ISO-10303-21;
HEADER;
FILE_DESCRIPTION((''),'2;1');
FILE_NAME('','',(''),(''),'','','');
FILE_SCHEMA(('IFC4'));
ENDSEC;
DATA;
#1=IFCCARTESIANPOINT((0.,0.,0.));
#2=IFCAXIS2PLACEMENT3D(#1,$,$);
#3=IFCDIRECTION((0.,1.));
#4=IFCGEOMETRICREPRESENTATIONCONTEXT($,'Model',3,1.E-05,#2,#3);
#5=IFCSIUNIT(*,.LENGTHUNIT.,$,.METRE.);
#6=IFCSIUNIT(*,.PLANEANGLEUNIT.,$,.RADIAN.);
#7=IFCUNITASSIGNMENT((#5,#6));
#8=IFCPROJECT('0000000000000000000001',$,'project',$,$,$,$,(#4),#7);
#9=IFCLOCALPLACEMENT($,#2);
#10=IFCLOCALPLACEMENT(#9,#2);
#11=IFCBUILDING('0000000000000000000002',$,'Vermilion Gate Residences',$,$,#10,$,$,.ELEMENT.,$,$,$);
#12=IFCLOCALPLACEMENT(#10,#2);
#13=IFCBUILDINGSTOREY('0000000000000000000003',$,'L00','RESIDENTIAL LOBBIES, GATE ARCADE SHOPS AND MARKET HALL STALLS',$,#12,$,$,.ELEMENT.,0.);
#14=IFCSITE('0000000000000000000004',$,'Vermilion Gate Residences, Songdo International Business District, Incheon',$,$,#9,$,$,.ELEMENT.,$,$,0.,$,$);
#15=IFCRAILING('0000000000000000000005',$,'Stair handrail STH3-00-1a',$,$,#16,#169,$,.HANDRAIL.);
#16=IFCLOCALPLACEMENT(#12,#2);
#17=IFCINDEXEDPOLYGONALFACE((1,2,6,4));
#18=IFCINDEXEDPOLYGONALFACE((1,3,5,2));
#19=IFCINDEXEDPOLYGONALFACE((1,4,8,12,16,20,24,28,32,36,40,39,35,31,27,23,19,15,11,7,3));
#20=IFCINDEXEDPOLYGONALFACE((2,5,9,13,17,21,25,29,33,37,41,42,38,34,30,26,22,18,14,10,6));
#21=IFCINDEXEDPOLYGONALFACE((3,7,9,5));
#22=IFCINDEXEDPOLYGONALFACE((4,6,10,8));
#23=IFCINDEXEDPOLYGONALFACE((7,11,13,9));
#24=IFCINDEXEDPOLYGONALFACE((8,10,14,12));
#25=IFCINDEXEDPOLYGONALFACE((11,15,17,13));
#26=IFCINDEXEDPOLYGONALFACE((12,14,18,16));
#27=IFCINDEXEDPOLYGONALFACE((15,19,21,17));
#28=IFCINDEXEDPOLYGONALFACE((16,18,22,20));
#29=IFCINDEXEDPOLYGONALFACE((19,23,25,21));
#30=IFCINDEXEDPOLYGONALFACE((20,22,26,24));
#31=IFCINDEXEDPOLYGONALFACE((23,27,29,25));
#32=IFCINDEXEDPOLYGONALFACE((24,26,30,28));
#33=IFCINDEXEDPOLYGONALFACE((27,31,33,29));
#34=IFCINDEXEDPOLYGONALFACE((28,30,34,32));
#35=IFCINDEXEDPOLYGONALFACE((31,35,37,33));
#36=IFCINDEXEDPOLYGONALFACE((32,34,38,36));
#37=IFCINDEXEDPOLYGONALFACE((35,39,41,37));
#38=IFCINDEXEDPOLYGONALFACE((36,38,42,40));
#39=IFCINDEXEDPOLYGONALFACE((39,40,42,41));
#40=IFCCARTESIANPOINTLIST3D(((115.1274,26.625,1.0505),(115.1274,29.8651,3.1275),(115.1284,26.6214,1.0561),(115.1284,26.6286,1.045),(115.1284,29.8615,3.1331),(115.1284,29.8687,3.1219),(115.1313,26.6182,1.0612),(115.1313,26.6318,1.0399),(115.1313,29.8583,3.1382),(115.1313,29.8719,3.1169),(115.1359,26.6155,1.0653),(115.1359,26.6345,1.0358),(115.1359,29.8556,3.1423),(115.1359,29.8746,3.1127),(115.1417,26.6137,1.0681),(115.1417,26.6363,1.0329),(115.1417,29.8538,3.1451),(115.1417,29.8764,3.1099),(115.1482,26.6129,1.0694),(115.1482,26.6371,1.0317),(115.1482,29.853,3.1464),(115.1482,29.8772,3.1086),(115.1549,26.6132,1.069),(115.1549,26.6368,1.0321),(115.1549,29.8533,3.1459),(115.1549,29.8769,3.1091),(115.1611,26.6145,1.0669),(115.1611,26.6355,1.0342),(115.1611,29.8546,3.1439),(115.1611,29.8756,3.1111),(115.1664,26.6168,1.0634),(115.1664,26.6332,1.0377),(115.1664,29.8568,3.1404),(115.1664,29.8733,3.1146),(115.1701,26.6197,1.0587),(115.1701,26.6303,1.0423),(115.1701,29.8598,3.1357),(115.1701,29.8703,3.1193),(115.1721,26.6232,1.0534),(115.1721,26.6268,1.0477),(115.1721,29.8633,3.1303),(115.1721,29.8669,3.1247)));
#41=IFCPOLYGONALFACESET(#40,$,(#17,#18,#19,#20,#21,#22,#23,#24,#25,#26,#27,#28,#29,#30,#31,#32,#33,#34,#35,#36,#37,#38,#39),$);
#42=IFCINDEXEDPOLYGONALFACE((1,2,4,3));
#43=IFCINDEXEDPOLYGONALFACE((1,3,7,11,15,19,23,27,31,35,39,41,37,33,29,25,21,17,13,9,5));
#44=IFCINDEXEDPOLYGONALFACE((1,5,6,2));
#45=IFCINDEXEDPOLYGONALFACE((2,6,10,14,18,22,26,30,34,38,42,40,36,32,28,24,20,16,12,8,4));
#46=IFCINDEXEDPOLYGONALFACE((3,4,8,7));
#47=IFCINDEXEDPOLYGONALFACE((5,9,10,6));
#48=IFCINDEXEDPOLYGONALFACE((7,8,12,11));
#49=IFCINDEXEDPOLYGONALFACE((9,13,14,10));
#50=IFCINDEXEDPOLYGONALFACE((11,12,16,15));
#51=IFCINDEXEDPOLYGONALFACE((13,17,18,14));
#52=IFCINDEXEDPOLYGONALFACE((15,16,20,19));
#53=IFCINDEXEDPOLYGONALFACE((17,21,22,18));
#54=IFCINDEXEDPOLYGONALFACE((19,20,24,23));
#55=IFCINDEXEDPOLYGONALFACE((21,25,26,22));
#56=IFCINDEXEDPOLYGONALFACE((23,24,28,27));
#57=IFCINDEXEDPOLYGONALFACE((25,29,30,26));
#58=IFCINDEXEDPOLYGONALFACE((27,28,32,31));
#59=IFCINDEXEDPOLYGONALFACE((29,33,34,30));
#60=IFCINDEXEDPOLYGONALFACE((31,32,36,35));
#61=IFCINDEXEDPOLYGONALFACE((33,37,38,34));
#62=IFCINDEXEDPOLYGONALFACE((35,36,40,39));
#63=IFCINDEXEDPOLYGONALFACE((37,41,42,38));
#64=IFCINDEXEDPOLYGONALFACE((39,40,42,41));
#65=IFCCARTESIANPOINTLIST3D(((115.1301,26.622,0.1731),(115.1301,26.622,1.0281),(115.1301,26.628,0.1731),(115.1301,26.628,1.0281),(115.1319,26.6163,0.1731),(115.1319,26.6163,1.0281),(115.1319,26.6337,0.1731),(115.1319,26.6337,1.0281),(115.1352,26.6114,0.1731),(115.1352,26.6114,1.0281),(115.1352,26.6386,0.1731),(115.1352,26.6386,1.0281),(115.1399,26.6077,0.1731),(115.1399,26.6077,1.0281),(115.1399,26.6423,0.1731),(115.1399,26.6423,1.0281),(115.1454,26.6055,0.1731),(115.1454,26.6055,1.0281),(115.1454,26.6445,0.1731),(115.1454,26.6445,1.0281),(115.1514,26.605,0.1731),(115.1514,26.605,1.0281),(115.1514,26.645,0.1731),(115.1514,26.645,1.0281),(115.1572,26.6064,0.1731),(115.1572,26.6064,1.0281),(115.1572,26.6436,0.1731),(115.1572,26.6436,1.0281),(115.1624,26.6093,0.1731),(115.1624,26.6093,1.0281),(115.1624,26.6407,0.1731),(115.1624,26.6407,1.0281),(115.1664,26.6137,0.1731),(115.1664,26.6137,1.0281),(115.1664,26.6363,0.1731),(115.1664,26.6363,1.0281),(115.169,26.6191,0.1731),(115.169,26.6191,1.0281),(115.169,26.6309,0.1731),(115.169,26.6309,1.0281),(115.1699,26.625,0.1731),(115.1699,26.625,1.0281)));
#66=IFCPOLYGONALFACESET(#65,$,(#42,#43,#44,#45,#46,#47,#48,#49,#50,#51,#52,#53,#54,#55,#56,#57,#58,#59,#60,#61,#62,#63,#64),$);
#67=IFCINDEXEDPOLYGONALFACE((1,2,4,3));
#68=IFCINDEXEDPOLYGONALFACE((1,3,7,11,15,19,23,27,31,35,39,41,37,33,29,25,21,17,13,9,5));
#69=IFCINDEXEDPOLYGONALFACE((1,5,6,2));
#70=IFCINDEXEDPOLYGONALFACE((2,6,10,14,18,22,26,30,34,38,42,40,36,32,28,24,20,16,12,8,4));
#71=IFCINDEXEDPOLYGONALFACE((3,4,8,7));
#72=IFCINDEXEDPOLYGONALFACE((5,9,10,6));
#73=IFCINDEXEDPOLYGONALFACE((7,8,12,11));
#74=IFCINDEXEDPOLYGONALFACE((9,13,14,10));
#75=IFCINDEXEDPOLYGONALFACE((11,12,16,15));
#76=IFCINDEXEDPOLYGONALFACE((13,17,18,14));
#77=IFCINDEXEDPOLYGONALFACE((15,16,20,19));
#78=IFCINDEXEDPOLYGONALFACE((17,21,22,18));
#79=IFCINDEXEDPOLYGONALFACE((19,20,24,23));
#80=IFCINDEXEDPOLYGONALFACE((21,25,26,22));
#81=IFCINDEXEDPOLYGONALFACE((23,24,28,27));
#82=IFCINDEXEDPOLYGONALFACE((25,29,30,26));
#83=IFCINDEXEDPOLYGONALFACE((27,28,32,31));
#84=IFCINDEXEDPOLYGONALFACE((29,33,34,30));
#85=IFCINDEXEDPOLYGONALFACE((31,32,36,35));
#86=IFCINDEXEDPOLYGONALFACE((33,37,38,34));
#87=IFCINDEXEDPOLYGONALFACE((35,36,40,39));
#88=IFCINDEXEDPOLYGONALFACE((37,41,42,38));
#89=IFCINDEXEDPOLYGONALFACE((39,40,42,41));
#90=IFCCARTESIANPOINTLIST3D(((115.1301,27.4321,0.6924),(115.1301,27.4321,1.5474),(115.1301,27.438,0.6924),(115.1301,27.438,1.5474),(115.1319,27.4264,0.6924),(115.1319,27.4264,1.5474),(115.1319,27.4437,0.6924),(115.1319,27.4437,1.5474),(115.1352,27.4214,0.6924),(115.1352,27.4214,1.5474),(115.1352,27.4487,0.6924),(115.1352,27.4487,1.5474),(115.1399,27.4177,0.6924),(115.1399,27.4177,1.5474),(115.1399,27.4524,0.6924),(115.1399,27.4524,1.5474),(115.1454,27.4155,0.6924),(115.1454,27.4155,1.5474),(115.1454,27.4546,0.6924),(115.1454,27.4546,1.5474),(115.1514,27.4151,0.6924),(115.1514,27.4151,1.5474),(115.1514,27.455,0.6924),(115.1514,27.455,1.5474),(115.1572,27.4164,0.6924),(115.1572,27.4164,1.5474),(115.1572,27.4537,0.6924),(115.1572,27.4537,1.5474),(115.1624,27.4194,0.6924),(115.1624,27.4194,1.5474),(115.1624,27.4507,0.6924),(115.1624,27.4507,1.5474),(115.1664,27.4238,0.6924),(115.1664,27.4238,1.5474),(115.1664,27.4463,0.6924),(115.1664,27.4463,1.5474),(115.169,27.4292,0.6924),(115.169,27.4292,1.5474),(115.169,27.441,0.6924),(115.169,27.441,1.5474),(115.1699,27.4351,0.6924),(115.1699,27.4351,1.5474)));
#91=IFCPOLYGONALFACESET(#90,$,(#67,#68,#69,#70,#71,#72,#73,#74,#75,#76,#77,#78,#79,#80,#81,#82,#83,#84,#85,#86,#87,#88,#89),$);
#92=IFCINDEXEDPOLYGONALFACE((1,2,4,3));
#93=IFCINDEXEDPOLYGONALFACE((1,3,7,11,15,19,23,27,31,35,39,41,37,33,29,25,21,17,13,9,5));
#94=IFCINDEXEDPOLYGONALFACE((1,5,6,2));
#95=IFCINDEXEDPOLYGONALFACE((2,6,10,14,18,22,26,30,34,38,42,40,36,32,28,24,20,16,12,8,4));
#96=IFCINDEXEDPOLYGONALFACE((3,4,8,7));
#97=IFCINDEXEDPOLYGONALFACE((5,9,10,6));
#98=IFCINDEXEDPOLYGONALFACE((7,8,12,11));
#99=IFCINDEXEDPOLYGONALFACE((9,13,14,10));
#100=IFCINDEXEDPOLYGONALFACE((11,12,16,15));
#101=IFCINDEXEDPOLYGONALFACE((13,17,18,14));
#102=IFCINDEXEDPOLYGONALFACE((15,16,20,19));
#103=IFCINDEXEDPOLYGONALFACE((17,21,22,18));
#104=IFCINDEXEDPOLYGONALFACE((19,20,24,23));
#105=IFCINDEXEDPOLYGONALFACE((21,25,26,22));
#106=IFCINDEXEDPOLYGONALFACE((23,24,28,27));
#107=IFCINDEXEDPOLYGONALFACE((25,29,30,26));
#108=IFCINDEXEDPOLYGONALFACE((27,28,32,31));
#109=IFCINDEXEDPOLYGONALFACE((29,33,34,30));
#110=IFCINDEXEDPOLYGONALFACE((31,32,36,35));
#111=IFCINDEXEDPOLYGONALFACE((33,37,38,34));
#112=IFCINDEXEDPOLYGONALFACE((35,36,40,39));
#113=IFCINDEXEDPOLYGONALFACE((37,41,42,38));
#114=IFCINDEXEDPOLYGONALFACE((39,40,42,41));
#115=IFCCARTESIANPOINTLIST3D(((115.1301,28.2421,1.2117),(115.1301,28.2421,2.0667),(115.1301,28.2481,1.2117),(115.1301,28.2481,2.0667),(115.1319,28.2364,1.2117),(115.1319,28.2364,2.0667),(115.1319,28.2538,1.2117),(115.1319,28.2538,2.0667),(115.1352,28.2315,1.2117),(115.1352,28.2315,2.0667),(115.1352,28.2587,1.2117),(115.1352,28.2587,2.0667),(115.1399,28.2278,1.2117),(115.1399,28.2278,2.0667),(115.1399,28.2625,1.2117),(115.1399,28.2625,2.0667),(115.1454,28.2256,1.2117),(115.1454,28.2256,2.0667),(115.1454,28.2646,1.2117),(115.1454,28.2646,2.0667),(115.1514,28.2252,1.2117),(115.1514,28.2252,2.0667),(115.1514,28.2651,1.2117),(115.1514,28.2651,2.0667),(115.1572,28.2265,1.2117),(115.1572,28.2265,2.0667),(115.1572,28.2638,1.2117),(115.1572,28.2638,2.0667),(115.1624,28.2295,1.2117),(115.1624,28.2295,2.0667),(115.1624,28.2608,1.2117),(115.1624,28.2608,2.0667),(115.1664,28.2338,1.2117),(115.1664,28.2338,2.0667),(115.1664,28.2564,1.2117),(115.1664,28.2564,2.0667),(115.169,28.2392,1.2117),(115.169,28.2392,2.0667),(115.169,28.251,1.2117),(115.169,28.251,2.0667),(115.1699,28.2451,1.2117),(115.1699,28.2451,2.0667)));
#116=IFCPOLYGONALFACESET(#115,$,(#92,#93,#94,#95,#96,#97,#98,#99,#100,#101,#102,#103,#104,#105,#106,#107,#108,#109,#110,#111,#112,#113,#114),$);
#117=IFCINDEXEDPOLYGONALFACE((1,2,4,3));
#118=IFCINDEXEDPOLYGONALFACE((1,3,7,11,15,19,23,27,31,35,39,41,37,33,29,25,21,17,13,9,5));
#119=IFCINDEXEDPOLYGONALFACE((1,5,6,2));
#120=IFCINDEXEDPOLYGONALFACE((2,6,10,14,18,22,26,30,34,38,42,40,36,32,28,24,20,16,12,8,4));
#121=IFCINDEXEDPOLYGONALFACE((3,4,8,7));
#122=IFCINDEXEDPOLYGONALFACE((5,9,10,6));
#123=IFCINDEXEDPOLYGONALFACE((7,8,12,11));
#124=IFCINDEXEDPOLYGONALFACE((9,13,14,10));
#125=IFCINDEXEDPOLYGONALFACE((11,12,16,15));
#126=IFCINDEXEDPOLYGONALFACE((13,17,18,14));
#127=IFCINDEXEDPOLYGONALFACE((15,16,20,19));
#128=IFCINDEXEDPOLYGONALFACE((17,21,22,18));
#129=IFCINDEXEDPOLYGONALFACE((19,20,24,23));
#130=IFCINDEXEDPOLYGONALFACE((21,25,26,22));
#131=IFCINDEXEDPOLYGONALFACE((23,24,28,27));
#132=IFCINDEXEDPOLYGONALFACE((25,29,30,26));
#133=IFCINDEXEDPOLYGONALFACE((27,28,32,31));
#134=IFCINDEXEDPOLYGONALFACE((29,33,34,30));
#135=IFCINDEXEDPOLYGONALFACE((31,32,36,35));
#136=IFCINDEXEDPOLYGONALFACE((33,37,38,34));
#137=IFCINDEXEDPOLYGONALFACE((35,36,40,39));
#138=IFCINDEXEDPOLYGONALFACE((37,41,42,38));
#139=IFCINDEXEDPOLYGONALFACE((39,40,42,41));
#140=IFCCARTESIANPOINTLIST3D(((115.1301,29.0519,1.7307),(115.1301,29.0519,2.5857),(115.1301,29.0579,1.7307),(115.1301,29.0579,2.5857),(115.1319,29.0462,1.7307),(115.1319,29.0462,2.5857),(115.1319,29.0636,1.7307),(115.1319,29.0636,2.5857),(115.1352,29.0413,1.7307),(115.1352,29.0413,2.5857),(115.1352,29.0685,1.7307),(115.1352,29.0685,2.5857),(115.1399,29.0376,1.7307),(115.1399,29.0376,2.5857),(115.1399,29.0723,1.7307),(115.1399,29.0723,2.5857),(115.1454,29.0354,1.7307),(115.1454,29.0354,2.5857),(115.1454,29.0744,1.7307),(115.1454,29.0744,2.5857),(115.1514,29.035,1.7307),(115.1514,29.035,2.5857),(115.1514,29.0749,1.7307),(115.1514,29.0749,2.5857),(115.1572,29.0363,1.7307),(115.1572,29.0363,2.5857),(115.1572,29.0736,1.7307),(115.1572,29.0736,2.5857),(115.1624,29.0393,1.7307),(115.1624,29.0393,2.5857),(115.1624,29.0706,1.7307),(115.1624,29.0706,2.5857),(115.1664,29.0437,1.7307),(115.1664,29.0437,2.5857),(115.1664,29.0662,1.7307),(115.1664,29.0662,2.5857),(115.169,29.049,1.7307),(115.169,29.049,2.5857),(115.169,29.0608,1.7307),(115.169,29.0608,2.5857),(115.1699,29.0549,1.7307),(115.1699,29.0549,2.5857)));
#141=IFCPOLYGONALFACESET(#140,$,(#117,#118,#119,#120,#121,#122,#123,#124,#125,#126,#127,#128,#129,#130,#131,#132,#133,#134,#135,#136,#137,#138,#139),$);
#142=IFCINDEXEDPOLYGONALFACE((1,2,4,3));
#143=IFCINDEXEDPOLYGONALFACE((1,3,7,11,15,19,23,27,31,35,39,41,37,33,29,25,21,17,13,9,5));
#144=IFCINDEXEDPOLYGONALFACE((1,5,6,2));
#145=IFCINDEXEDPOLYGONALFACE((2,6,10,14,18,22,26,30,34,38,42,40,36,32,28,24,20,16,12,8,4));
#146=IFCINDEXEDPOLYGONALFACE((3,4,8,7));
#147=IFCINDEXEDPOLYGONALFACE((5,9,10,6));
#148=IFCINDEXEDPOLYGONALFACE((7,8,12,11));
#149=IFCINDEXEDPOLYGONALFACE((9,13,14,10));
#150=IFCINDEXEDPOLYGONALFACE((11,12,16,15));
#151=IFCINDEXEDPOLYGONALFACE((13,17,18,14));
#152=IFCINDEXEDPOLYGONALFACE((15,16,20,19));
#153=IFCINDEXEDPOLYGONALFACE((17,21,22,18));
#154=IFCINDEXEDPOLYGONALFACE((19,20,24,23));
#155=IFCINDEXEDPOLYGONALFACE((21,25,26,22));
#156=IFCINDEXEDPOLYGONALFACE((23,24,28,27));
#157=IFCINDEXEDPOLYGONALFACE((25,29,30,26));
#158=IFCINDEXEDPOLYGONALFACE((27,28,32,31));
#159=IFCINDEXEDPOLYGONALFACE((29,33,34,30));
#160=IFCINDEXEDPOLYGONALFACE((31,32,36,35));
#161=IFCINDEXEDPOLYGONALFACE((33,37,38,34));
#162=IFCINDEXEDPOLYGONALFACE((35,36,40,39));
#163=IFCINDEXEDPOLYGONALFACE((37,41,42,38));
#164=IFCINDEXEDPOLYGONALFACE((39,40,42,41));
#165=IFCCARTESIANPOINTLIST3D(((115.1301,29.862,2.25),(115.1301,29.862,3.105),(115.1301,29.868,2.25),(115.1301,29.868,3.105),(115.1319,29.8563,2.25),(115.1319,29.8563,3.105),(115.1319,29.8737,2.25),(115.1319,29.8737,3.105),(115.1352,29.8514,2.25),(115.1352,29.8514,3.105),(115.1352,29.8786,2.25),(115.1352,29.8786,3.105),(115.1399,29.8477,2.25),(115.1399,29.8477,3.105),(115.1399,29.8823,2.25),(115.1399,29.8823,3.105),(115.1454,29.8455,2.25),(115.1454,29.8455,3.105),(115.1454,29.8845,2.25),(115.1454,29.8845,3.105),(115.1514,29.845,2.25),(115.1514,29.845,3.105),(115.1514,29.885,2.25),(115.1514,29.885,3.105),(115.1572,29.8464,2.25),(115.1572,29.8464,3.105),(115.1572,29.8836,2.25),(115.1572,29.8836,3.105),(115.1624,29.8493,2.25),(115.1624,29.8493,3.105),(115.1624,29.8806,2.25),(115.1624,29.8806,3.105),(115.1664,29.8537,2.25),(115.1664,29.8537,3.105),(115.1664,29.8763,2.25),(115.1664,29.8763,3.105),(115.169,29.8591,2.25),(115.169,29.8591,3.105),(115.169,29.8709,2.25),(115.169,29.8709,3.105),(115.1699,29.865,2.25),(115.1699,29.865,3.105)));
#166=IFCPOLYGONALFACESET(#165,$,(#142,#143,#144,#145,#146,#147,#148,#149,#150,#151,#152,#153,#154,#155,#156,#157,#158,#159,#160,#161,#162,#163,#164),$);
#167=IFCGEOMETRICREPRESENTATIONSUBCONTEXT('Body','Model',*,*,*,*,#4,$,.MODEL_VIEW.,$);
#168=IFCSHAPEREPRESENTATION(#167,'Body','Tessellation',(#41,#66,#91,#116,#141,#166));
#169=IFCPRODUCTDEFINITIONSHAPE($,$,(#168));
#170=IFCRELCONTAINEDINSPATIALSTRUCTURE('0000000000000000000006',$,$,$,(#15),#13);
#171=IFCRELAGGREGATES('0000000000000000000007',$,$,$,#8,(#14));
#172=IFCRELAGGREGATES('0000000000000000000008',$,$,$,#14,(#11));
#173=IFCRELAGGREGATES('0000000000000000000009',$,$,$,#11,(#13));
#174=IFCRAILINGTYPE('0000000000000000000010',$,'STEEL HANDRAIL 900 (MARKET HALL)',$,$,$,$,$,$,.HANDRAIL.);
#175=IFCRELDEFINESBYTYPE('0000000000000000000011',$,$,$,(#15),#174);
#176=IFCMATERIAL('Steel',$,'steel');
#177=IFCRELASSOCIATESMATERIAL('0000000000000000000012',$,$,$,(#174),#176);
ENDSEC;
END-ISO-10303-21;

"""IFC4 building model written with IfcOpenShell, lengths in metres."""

from ifc_helpers import new_model, si_unit, direction, frame, origin, origin_2d, place, context, subcontext, project, spatial, circle, extrude, material, type_object, element, save


model = new_model("IFC4")

# Units and contexts
model_context = context("Model", 3, precision=1e-05, world=origin(), true_north=direction((0.0, 1.0)))
body_context = subcontext(model_context, "Body", "Model", "MODEL_VIEW")
ifc_project = project(units=[si_unit("LENGTHUNIT", "METRE"), si_unit("PLANEANGLEUNIT", "RADIAN")], contexts=[model_context])

# Site, building, storey
site_placement = place(None, origin())
site = spatial("IfcSite", under=ifc_project, at=site_placement, Name="Vermilion Gate Residences, Songdo International Business District, Incheon", CompositionType="ELEMENT", RefElevation=0.0)
building_placement = place(site_placement, origin())
building = spatial("IfcBuilding", under=site, at=building_placement, Name="Vermilion Gate Residences", CompositionType="ELEMENT")
storey_placement = place(building_placement, origin())
storey = spatial("IfcBuildingStorey", under=building, at=storey_placement, Name="L00", Description="RESIDENTIAL LOBBIES, GATE ARCADE SHOPS AND MARKET HALL STALLS", CompositionType="ELEMENT", Elevation=0.0)

# Railing
ifc_material_1 = material(Name="Steel", Category="steel")
railing_type = type_object("IfcRailingType", Name="STEEL HANDRAIL 900 (MARKET HALL)", PredefinedType="HANDRAIL", material=ifc_material_1)
for number, where, name in (
    (1, (115.1499, 26.625, 0.1731), "Stair handrail STH3-00-1a"),
):
    element("IfcRailing", number, at=place(storey_placement, frame(where)), inside=storey, type_object=railing_type, Name=name, PredefinedType="HANDRAIL", context=body_context, shape_type="SweptSolid", body=[
        extrude(circle(Radius=0.0225, at=origin_2d()), frame((0.0, 0.0, 0.8774), z_axis=(0.0, 0.841881, 0.539664), x_axis=(-1.0, 0.0, 0.0)), (0.0, 0.0, 1.0), 3.8486),
        extrude(circle(Radius=0.02, at=origin_2d()), origin(), (0.0, 0.0, 1.0), 0.855),
        extrude(circle(Radius=0.02, at=origin_2d()), frame((0.0, 0.8101, 0.5193)), (0.0, 0.0, 1.0), 0.855),
        extrude(circle(Radius=0.02, at=origin_2d()), frame((0.0, 1.6201, 1.0386)), (0.0, 0.0, 1.0), 0.855),
        extrude(circle(Radius=0.02, at=origin_2d()), frame((0.0, 2.4299, 1.5576)), (0.0, 0.0, 1.0), 0.855),
        extrude(circle(Radius=0.02, at=origin_2d()), frame((0.0, 3.24, 2.0769)), (0.0, 0.0, 1.0), 0.855),
    ])

save(model, "model.ifc")
